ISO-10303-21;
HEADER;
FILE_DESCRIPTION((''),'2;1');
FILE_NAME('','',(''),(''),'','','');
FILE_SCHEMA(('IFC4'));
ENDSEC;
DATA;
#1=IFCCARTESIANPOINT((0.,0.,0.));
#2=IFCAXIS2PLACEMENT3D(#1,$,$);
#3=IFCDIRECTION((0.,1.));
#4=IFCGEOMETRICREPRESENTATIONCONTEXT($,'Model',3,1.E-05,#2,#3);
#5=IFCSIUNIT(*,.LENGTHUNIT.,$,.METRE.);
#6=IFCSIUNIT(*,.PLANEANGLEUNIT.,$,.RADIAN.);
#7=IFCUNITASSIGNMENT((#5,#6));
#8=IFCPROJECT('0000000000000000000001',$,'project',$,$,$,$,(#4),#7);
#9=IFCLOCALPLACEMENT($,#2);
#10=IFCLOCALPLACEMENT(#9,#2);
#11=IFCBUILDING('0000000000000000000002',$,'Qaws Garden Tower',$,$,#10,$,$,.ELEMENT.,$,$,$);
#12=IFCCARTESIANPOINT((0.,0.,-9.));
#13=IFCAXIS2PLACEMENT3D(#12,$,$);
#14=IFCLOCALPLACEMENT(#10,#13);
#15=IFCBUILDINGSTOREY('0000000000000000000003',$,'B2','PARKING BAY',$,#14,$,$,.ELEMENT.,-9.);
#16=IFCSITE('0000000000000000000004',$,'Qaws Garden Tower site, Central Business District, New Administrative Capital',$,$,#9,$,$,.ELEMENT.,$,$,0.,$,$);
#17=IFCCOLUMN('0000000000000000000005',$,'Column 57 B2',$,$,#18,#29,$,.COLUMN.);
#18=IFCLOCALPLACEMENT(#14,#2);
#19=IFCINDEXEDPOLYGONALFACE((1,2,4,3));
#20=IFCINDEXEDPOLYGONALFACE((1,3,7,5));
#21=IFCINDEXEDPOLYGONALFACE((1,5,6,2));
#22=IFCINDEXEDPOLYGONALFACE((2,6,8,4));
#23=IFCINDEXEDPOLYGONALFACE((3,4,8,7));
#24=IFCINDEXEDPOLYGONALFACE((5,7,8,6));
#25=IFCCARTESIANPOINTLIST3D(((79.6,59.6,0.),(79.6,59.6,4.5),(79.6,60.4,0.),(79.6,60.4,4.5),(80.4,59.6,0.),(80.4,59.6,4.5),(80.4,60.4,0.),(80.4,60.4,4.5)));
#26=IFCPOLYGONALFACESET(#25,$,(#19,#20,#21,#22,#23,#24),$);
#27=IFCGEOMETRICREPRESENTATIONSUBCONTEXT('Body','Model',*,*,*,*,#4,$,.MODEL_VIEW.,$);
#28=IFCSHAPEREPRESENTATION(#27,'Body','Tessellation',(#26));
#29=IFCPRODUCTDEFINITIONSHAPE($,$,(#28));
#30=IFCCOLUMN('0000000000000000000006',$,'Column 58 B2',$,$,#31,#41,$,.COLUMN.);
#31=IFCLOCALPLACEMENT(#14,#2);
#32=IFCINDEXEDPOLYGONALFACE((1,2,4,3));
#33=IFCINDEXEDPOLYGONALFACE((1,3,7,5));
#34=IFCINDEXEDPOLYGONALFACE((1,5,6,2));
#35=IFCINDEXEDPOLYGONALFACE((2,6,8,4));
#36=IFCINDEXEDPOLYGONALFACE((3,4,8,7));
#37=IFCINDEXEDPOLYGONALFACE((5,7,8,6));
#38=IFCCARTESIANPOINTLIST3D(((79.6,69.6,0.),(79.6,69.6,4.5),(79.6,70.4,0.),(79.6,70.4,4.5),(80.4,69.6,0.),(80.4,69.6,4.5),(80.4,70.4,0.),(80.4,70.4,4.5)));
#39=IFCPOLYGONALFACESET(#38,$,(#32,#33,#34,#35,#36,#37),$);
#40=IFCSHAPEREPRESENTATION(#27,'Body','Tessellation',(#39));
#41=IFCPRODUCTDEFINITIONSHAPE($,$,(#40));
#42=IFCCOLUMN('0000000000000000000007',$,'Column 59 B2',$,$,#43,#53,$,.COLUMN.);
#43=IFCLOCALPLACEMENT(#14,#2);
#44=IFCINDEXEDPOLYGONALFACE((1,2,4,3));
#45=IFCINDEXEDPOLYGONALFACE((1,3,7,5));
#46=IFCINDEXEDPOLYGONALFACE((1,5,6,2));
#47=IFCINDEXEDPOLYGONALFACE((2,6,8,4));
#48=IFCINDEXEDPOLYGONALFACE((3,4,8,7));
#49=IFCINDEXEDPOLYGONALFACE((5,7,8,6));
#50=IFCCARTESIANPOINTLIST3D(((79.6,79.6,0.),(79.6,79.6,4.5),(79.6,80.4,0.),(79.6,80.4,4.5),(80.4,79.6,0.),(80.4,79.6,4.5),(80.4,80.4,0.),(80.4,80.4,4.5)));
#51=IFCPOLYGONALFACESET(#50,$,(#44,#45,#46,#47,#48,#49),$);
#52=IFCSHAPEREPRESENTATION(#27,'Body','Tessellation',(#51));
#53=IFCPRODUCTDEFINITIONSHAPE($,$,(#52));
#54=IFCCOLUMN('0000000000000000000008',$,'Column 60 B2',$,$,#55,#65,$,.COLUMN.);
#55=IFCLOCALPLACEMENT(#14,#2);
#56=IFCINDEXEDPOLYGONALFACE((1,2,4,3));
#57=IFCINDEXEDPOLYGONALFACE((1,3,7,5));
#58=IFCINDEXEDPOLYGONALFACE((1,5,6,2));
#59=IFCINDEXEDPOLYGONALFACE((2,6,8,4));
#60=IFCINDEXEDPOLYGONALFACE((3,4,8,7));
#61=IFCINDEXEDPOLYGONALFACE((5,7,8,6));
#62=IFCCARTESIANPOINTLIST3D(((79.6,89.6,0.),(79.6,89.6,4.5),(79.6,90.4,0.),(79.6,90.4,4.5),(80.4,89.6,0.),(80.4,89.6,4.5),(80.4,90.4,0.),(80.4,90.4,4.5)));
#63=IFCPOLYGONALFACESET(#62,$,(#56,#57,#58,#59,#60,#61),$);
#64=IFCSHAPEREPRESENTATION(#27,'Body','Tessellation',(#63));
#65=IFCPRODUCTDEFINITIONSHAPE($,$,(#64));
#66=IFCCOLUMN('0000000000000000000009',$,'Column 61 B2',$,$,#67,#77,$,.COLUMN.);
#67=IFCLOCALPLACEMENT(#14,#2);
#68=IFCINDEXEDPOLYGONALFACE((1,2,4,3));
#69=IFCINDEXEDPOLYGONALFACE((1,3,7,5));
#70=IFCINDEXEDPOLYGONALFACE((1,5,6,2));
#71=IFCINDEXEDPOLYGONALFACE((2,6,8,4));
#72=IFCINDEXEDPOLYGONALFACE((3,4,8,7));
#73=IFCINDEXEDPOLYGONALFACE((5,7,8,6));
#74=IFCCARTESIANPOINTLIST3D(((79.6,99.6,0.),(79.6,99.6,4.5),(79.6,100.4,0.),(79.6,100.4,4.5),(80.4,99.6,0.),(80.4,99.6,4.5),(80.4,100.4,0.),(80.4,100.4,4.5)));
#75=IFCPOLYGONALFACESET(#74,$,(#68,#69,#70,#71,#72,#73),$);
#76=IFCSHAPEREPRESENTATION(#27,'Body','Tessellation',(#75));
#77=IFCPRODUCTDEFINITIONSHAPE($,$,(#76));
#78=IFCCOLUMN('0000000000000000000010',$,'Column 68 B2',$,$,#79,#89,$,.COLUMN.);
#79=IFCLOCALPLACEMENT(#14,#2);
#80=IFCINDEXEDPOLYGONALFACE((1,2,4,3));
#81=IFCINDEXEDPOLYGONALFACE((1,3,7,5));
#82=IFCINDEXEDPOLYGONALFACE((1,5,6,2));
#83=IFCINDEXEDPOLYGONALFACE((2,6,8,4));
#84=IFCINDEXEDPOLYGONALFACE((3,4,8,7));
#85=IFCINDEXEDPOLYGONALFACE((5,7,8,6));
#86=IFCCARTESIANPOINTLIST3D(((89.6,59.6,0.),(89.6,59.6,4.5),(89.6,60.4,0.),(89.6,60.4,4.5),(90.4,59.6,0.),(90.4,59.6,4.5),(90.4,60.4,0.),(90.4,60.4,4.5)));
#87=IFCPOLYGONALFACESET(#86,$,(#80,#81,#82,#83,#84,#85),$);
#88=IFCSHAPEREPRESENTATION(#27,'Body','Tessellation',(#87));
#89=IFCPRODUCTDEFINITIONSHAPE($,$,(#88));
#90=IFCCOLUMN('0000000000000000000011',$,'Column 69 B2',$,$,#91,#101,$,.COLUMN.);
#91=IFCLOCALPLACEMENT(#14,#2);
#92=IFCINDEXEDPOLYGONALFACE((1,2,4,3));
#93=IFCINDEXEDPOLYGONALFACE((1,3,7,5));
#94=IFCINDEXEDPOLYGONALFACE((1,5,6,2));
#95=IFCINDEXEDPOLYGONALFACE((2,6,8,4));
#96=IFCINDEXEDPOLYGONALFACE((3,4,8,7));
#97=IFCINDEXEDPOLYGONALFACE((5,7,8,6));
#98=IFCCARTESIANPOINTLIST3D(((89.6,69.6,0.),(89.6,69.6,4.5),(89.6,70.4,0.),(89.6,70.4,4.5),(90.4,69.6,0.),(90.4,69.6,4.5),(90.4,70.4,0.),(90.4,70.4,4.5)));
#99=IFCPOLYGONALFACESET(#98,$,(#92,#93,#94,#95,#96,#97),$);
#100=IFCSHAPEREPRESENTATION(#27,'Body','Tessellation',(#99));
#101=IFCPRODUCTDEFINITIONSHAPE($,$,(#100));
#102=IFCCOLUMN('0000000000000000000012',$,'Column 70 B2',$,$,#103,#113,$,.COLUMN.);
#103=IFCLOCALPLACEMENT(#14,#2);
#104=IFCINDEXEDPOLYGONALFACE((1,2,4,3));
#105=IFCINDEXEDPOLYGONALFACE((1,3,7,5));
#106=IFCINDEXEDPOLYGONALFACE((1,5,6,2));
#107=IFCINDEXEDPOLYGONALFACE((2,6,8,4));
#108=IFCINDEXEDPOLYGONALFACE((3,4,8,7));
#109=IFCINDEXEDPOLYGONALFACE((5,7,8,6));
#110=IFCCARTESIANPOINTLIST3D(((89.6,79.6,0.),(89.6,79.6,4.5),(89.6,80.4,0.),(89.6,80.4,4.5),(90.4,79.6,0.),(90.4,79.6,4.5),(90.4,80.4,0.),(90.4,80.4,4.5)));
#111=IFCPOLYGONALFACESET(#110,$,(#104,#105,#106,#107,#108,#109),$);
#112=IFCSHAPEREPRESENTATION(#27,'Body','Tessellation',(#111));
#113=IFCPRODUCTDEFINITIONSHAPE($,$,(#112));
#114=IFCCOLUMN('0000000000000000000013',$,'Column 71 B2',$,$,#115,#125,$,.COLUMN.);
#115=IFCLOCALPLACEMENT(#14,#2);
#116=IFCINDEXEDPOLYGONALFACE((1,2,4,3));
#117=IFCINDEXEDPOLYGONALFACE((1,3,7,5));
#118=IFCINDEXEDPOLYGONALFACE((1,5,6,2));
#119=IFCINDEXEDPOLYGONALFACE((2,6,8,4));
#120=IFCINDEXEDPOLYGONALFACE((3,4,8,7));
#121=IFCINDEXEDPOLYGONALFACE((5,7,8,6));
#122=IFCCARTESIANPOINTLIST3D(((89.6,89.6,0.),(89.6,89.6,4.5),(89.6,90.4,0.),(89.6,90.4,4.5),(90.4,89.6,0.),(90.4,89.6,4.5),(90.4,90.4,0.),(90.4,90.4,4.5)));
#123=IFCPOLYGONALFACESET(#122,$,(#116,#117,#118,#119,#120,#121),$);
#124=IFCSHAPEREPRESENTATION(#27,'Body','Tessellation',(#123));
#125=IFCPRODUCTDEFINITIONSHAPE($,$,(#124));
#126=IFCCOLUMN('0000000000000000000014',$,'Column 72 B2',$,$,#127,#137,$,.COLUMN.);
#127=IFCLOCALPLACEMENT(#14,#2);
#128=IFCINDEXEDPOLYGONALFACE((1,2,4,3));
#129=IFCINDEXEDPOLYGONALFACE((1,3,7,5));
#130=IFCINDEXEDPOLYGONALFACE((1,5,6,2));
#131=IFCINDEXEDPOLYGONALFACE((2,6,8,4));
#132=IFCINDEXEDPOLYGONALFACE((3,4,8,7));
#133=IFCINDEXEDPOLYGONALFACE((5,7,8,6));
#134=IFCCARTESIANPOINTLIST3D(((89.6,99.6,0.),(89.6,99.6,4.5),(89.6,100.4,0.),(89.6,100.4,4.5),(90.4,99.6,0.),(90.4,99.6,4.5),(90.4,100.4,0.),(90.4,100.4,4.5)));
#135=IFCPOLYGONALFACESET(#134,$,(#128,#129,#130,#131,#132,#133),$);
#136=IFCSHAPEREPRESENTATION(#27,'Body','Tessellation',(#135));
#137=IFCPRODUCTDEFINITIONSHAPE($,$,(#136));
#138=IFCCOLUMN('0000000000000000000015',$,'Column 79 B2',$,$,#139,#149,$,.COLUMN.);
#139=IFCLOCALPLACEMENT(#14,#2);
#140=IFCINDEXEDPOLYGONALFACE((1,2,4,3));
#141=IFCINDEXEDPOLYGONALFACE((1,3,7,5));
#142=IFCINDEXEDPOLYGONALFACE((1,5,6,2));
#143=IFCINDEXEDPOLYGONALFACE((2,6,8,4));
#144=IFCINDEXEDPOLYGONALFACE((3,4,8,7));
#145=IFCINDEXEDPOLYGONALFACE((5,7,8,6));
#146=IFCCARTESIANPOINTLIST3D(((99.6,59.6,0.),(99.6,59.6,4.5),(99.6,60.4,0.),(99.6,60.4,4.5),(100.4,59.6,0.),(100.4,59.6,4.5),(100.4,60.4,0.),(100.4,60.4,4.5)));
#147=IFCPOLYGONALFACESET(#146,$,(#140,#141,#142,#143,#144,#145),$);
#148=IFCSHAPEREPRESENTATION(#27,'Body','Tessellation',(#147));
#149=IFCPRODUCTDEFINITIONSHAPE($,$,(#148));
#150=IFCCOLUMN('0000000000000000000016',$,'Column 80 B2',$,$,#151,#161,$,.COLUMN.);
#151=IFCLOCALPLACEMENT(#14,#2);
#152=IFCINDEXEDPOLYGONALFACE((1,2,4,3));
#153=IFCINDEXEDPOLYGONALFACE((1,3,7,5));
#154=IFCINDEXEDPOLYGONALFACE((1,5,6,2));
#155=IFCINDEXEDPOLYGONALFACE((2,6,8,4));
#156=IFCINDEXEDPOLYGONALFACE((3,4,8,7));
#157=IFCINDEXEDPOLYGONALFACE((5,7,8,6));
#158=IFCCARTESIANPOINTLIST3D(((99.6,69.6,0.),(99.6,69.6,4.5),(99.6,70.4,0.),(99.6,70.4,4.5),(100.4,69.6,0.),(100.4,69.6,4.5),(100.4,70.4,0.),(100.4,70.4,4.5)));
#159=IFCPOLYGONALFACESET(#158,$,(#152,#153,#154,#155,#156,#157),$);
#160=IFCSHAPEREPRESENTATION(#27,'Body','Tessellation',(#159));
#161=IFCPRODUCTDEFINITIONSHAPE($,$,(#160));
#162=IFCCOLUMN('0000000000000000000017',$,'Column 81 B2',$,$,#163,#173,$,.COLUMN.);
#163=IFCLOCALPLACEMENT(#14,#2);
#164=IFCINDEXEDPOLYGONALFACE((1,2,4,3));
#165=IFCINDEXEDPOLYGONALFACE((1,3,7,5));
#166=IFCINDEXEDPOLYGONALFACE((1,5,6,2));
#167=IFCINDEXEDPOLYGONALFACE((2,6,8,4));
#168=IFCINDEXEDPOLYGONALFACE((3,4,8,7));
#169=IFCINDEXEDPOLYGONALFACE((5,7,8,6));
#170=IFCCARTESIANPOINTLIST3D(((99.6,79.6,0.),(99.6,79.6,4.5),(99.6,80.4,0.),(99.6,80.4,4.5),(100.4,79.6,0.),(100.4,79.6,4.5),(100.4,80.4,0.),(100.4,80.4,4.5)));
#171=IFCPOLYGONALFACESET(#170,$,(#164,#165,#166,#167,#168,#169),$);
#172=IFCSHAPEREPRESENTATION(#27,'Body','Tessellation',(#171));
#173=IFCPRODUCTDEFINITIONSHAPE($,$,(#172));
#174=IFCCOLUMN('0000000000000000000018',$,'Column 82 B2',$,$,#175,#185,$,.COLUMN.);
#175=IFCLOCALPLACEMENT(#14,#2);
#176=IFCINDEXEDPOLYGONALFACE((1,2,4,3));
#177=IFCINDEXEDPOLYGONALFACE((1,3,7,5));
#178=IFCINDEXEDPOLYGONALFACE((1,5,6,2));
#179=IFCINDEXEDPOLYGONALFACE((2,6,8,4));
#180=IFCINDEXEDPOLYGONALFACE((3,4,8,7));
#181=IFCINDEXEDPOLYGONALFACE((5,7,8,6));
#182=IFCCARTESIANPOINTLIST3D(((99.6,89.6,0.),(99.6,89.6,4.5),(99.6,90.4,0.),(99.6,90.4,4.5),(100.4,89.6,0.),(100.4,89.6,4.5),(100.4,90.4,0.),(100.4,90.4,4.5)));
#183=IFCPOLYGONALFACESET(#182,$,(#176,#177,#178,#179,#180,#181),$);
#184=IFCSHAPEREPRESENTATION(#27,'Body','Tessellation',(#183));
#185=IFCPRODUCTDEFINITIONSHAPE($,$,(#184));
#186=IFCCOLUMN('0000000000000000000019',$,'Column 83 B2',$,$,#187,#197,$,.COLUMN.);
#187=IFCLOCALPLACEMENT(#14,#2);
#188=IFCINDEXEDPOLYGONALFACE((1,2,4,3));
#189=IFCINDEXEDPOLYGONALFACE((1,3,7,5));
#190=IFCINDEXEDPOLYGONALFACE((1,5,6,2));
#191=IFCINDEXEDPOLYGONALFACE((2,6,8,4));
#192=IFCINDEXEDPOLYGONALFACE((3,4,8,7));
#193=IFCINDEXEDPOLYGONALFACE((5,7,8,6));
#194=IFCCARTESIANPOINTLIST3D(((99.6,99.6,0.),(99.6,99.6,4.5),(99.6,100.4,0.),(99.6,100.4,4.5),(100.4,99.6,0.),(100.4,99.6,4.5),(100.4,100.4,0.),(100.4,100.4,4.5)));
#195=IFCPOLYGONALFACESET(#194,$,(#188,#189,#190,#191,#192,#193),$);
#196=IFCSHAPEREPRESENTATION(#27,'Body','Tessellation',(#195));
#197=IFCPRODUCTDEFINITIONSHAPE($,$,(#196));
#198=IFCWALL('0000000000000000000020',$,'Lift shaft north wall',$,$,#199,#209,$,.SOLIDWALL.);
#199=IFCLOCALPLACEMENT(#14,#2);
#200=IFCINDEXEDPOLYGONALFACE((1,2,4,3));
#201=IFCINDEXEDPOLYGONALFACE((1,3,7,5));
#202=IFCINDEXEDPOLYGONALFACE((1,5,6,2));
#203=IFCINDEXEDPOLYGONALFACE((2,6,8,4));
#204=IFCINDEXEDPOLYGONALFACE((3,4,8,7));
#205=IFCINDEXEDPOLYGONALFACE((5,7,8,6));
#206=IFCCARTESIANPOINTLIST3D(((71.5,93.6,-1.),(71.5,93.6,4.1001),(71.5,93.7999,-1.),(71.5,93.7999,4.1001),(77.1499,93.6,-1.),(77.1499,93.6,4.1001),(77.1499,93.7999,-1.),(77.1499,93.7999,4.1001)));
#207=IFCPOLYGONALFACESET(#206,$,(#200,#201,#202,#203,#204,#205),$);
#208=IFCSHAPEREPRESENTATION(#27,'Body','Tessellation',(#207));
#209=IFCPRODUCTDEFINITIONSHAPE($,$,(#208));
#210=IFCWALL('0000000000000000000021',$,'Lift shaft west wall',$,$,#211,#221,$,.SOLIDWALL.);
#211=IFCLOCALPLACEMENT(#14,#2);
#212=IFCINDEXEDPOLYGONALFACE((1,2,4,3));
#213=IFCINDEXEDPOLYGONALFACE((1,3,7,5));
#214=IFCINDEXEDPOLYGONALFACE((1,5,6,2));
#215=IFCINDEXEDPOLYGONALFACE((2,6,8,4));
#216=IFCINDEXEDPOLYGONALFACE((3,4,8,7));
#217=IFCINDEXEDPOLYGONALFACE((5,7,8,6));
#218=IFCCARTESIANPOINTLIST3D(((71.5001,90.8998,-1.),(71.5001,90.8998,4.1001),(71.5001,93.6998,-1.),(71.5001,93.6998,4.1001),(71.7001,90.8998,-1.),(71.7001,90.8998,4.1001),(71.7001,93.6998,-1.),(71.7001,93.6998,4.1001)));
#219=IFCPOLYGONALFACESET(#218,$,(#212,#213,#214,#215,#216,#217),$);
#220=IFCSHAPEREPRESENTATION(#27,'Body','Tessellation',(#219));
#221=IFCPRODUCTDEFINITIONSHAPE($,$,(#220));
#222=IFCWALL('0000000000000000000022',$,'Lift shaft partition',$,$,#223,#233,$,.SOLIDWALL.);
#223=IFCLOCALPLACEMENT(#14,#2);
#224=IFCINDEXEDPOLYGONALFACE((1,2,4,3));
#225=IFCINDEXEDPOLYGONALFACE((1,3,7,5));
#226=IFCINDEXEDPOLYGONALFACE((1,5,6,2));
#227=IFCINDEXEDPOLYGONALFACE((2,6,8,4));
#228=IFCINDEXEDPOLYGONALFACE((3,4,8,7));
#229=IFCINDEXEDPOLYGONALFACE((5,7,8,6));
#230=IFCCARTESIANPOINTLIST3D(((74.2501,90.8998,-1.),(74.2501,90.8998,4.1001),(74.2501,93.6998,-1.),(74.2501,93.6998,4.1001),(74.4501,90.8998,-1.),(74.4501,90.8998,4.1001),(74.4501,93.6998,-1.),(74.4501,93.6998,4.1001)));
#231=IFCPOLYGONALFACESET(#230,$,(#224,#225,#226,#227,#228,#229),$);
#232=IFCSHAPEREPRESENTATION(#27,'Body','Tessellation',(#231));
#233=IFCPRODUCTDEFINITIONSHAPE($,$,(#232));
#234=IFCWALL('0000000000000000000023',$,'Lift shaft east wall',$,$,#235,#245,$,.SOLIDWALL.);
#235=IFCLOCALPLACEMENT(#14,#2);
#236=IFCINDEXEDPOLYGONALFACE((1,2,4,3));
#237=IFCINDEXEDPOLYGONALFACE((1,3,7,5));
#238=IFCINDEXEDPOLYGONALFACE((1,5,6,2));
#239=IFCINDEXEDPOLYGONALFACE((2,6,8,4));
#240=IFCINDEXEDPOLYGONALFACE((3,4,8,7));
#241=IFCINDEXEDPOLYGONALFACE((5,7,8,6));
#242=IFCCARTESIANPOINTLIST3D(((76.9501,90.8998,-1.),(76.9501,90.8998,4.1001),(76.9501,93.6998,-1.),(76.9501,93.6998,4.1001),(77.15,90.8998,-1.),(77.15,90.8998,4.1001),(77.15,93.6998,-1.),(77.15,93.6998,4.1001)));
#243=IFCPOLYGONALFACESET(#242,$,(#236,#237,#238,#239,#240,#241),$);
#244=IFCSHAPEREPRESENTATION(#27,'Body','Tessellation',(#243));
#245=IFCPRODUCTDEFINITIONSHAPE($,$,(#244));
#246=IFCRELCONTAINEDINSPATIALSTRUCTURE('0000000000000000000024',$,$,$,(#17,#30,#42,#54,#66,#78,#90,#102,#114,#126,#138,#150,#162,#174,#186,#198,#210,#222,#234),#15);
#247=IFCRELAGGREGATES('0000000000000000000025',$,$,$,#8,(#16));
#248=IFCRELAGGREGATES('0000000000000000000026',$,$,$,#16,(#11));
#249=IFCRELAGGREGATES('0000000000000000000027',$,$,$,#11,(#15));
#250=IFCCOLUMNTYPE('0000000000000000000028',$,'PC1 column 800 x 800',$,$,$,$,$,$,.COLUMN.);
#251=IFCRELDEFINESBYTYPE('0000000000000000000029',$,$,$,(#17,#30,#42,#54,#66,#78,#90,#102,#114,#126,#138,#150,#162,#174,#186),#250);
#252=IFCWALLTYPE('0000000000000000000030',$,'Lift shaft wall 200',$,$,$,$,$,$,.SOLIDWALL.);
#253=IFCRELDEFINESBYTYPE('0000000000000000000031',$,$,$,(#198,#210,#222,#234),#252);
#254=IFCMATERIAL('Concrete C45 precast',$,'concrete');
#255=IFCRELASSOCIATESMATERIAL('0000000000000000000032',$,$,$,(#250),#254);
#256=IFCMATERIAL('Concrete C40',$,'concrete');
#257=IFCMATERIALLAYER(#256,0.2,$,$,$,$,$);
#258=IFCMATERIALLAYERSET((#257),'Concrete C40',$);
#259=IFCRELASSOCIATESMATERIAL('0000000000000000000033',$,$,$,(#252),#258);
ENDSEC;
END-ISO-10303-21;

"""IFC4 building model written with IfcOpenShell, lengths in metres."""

from ifc_helpers import new_model, si_unit, direction, frame, frame_2d, origin, origin_2d, place, context, subcontext, project, spatial, rectangle, extrude, material, layer, layer_set, material_profile, profile_set, type_object, element, save


model = new_model("IFC4")

# Units and contexts
model_context = context("Model", 3, precision=1e-05, world=origin(), true_north=direction((0.0, 1.0)))
body_context = subcontext(model_context, "Body", "Model", "MODEL_VIEW")
ifc_project = project(units=[si_unit("LENGTHUNIT", "METRE"), si_unit("PLANEANGLEUNIT", "RADIAN")], contexts=[model_context])

# Site, building, storey
site_placement = place(None, origin())
site = spatial("IfcSite", under=ifc_project, at=site_placement, Name="Qaws Garden Tower site, Central Business District, New Administrative Capital", CompositionType="ELEMENT", RefElevation=0.0)
building_placement = place(site_placement, origin())
building = spatial("IfcBuilding", under=site, at=building_placement, Name="Qaws Garden Tower", CompositionType="ELEMENT")
storey_placement = place(building_placement, frame((0.0, 0.0, -9.0)))
storey = spatial("IfcBuildingStorey", under=building, at=storey_placement, Name="B2", Description="PARKING BAY", CompositionType="ELEMENT", Elevation=-9.0)

# Columns
ifc_material_1 = material(Name="Concrete C45 precast", Category="concrete")
ifc_material_profile = material_profile(ifc_material_1, rectangle(XDim=0.8, YDim=0.8, at=origin_2d()), Name="PC1 column 800 x 800")
ifc_profile_set = profile_set([ifc_material_profile], Name="Concrete C45 precast")
column_type = type_object("IfcColumnType", Name="PC1 column 800 x 800", PredefinedType="COLUMN", material=ifc_profile_set)
for number, where, z_axis, x_axis, name in (
    (1, (80.0, 60.0, 0.0), (0.0, 0.0, 1.0), (1.0, 0.0, 0.0), "Column 57 B2"),
    (2, (80.0, 70.0, 0.0), (0.0, 0.0, 1.0), (1.0, 0.0, 0.0), "Column 58 B2"),
    (3, (80.0, 80.0, 0.0), (0.0, 0.0, 1.0), (1.0, 0.0, 0.0), "Column 59 B2"),
    (4, (80.0, 90.0, 0.0), (0.0, 0.0, 1.0), (1.0, 0.0, 0.0), "Column 60 B2"),
    (5, (80.0, 100.0, 0.0), (0.0, 0.0, 1.0), (1.0, 0.0, 0.0), "Column 61 B2"),
    (6, (90.0, 60.0, 0.0), (0.0, 0.0, 1.0), (1.0, 0.0, 0.0), "Column 68 B2"),
    (7, (90.0, 70.0, 0.0), (0.0, 0.0, 1.0), (1.0, 0.0, 0.0), "Column 69 B2"),
    (8, (90.0, 80.0, 0.0), (0.0, 0.0, 1.0), (1.0, 0.0, 0.0), "Column 70 B2"),
    (9, (90.0, 90.0, 0.0), (0.0, 0.0, 1.0), (1.0, 0.0, 0.0), "Column 71 B2"),
    (10, (90.0, 100.0, 0.0), (0.0, 0.0, 1.0), (1.0, 0.0, 0.0), "Column 72 B2"),
    (11, (100.0, 60.0, 0.0), (0.0, 0.0, 1.0), (1.0, 0.0, 0.0), "Column 79 B2"),
    (12, (100.0, 70.0, 0.0), (0.0, 0.0, 1.0), (1.0, 0.0, 0.0), "Column 80 B2"),
    (13, (100.0, 80.0, 0.0), (0.0, 0.0, 1.0), (1.0, 0.0, 0.0), "Column 81 B2"),
    (14, (100.0, 90.0, 0.0), (0.0, 0.0, 1.0), (1.0, 0.0, 0.0), "Column 82 B2"),
    (15, (100.0, 100.0, 0.0), (0.0, 0.0, 1.0), (1.0, 0.0, 0.0), "Column 83 B2"),
):
    element("IfcColumn", number, at=place(storey_placement, frame(where, z_axis=z_axis, x_axis=x_axis)), inside=storey, type_object=column_type, Name=name, PredefinedType="COLUMN", context=body_context, shape_type="SweptSolid", body=[
        extrude(rectangle(XDim=0.8, YDim=0.8, at=origin_2d()), origin(), (0.0, 0.0, 1.0), 4.5),
    ])

# Walls
ifc_material_2 = material(Name="Concrete C40", Category="concrete")
ifc_layer_1 = layer(ifc_material_2, 0.2)
ifc_layer_set_1 = layer_set([ifc_layer_1], Name="Concrete C40")
wall_type_1 = type_object("IfcWallType", Name="Lift shaft wall 200", PredefinedType="SOLIDWALL", material=ifc_layer_set_1)
wall_1_placement = place(storey_placement, frame((71.5, 93.7, -1.0), z_axis=(0.0, 0.0, 1.0), x_axis=(1.0, 0.0, 0.0)))
element("IfcWall", 16, at=wall_1_placement, inside=storey, type_object=wall_type_1, Name="Lift shaft north wall", PredefinedType="SOLIDWALL", context=body_context, shape_type="SweptSolid", body=[
    extrude(rectangle(XDim=5.6499, YDim=0.2, at=frame_2d((2.825, 0.0))), origin(), (0.0, 0.0, 1.0), 5.1001),
])
for number, where, z_axis, x_axis, name in (
    (17, (71.6001, 90.8999, -1.0), (0.0, 0.0, 1.0), (0.0, 1.0, 0.0), "Lift shaft west wall"),
    (18, (74.3501, 90.8999, -1.0), (0.0, 0.0, 1.0), (0.0, 1.0, 0.0), "Lift shaft partition"),
    (19, (77.05, 90.8999, -1.0), (0.0, 0.0, 1.0), (0.0, 1.0, 0.0), "Lift shaft east wall"),
):
    element("IfcWall", number, at=place(storey_placement, frame(where, z_axis=z_axis, x_axis=x_axis)), inside=storey, type_object=wall_type_1, Name=name, PredefinedType="SOLIDWALL", context=body_context, shape_type="SweptSolid", body=[
        extrude(rectangle(XDim=2.8, YDim=0.2, at=frame_2d((1.3999, 0.0))), origin(), (0.0, 0.0, 1.0), 5.1001),
    ])

save(model, "model.ifc")
